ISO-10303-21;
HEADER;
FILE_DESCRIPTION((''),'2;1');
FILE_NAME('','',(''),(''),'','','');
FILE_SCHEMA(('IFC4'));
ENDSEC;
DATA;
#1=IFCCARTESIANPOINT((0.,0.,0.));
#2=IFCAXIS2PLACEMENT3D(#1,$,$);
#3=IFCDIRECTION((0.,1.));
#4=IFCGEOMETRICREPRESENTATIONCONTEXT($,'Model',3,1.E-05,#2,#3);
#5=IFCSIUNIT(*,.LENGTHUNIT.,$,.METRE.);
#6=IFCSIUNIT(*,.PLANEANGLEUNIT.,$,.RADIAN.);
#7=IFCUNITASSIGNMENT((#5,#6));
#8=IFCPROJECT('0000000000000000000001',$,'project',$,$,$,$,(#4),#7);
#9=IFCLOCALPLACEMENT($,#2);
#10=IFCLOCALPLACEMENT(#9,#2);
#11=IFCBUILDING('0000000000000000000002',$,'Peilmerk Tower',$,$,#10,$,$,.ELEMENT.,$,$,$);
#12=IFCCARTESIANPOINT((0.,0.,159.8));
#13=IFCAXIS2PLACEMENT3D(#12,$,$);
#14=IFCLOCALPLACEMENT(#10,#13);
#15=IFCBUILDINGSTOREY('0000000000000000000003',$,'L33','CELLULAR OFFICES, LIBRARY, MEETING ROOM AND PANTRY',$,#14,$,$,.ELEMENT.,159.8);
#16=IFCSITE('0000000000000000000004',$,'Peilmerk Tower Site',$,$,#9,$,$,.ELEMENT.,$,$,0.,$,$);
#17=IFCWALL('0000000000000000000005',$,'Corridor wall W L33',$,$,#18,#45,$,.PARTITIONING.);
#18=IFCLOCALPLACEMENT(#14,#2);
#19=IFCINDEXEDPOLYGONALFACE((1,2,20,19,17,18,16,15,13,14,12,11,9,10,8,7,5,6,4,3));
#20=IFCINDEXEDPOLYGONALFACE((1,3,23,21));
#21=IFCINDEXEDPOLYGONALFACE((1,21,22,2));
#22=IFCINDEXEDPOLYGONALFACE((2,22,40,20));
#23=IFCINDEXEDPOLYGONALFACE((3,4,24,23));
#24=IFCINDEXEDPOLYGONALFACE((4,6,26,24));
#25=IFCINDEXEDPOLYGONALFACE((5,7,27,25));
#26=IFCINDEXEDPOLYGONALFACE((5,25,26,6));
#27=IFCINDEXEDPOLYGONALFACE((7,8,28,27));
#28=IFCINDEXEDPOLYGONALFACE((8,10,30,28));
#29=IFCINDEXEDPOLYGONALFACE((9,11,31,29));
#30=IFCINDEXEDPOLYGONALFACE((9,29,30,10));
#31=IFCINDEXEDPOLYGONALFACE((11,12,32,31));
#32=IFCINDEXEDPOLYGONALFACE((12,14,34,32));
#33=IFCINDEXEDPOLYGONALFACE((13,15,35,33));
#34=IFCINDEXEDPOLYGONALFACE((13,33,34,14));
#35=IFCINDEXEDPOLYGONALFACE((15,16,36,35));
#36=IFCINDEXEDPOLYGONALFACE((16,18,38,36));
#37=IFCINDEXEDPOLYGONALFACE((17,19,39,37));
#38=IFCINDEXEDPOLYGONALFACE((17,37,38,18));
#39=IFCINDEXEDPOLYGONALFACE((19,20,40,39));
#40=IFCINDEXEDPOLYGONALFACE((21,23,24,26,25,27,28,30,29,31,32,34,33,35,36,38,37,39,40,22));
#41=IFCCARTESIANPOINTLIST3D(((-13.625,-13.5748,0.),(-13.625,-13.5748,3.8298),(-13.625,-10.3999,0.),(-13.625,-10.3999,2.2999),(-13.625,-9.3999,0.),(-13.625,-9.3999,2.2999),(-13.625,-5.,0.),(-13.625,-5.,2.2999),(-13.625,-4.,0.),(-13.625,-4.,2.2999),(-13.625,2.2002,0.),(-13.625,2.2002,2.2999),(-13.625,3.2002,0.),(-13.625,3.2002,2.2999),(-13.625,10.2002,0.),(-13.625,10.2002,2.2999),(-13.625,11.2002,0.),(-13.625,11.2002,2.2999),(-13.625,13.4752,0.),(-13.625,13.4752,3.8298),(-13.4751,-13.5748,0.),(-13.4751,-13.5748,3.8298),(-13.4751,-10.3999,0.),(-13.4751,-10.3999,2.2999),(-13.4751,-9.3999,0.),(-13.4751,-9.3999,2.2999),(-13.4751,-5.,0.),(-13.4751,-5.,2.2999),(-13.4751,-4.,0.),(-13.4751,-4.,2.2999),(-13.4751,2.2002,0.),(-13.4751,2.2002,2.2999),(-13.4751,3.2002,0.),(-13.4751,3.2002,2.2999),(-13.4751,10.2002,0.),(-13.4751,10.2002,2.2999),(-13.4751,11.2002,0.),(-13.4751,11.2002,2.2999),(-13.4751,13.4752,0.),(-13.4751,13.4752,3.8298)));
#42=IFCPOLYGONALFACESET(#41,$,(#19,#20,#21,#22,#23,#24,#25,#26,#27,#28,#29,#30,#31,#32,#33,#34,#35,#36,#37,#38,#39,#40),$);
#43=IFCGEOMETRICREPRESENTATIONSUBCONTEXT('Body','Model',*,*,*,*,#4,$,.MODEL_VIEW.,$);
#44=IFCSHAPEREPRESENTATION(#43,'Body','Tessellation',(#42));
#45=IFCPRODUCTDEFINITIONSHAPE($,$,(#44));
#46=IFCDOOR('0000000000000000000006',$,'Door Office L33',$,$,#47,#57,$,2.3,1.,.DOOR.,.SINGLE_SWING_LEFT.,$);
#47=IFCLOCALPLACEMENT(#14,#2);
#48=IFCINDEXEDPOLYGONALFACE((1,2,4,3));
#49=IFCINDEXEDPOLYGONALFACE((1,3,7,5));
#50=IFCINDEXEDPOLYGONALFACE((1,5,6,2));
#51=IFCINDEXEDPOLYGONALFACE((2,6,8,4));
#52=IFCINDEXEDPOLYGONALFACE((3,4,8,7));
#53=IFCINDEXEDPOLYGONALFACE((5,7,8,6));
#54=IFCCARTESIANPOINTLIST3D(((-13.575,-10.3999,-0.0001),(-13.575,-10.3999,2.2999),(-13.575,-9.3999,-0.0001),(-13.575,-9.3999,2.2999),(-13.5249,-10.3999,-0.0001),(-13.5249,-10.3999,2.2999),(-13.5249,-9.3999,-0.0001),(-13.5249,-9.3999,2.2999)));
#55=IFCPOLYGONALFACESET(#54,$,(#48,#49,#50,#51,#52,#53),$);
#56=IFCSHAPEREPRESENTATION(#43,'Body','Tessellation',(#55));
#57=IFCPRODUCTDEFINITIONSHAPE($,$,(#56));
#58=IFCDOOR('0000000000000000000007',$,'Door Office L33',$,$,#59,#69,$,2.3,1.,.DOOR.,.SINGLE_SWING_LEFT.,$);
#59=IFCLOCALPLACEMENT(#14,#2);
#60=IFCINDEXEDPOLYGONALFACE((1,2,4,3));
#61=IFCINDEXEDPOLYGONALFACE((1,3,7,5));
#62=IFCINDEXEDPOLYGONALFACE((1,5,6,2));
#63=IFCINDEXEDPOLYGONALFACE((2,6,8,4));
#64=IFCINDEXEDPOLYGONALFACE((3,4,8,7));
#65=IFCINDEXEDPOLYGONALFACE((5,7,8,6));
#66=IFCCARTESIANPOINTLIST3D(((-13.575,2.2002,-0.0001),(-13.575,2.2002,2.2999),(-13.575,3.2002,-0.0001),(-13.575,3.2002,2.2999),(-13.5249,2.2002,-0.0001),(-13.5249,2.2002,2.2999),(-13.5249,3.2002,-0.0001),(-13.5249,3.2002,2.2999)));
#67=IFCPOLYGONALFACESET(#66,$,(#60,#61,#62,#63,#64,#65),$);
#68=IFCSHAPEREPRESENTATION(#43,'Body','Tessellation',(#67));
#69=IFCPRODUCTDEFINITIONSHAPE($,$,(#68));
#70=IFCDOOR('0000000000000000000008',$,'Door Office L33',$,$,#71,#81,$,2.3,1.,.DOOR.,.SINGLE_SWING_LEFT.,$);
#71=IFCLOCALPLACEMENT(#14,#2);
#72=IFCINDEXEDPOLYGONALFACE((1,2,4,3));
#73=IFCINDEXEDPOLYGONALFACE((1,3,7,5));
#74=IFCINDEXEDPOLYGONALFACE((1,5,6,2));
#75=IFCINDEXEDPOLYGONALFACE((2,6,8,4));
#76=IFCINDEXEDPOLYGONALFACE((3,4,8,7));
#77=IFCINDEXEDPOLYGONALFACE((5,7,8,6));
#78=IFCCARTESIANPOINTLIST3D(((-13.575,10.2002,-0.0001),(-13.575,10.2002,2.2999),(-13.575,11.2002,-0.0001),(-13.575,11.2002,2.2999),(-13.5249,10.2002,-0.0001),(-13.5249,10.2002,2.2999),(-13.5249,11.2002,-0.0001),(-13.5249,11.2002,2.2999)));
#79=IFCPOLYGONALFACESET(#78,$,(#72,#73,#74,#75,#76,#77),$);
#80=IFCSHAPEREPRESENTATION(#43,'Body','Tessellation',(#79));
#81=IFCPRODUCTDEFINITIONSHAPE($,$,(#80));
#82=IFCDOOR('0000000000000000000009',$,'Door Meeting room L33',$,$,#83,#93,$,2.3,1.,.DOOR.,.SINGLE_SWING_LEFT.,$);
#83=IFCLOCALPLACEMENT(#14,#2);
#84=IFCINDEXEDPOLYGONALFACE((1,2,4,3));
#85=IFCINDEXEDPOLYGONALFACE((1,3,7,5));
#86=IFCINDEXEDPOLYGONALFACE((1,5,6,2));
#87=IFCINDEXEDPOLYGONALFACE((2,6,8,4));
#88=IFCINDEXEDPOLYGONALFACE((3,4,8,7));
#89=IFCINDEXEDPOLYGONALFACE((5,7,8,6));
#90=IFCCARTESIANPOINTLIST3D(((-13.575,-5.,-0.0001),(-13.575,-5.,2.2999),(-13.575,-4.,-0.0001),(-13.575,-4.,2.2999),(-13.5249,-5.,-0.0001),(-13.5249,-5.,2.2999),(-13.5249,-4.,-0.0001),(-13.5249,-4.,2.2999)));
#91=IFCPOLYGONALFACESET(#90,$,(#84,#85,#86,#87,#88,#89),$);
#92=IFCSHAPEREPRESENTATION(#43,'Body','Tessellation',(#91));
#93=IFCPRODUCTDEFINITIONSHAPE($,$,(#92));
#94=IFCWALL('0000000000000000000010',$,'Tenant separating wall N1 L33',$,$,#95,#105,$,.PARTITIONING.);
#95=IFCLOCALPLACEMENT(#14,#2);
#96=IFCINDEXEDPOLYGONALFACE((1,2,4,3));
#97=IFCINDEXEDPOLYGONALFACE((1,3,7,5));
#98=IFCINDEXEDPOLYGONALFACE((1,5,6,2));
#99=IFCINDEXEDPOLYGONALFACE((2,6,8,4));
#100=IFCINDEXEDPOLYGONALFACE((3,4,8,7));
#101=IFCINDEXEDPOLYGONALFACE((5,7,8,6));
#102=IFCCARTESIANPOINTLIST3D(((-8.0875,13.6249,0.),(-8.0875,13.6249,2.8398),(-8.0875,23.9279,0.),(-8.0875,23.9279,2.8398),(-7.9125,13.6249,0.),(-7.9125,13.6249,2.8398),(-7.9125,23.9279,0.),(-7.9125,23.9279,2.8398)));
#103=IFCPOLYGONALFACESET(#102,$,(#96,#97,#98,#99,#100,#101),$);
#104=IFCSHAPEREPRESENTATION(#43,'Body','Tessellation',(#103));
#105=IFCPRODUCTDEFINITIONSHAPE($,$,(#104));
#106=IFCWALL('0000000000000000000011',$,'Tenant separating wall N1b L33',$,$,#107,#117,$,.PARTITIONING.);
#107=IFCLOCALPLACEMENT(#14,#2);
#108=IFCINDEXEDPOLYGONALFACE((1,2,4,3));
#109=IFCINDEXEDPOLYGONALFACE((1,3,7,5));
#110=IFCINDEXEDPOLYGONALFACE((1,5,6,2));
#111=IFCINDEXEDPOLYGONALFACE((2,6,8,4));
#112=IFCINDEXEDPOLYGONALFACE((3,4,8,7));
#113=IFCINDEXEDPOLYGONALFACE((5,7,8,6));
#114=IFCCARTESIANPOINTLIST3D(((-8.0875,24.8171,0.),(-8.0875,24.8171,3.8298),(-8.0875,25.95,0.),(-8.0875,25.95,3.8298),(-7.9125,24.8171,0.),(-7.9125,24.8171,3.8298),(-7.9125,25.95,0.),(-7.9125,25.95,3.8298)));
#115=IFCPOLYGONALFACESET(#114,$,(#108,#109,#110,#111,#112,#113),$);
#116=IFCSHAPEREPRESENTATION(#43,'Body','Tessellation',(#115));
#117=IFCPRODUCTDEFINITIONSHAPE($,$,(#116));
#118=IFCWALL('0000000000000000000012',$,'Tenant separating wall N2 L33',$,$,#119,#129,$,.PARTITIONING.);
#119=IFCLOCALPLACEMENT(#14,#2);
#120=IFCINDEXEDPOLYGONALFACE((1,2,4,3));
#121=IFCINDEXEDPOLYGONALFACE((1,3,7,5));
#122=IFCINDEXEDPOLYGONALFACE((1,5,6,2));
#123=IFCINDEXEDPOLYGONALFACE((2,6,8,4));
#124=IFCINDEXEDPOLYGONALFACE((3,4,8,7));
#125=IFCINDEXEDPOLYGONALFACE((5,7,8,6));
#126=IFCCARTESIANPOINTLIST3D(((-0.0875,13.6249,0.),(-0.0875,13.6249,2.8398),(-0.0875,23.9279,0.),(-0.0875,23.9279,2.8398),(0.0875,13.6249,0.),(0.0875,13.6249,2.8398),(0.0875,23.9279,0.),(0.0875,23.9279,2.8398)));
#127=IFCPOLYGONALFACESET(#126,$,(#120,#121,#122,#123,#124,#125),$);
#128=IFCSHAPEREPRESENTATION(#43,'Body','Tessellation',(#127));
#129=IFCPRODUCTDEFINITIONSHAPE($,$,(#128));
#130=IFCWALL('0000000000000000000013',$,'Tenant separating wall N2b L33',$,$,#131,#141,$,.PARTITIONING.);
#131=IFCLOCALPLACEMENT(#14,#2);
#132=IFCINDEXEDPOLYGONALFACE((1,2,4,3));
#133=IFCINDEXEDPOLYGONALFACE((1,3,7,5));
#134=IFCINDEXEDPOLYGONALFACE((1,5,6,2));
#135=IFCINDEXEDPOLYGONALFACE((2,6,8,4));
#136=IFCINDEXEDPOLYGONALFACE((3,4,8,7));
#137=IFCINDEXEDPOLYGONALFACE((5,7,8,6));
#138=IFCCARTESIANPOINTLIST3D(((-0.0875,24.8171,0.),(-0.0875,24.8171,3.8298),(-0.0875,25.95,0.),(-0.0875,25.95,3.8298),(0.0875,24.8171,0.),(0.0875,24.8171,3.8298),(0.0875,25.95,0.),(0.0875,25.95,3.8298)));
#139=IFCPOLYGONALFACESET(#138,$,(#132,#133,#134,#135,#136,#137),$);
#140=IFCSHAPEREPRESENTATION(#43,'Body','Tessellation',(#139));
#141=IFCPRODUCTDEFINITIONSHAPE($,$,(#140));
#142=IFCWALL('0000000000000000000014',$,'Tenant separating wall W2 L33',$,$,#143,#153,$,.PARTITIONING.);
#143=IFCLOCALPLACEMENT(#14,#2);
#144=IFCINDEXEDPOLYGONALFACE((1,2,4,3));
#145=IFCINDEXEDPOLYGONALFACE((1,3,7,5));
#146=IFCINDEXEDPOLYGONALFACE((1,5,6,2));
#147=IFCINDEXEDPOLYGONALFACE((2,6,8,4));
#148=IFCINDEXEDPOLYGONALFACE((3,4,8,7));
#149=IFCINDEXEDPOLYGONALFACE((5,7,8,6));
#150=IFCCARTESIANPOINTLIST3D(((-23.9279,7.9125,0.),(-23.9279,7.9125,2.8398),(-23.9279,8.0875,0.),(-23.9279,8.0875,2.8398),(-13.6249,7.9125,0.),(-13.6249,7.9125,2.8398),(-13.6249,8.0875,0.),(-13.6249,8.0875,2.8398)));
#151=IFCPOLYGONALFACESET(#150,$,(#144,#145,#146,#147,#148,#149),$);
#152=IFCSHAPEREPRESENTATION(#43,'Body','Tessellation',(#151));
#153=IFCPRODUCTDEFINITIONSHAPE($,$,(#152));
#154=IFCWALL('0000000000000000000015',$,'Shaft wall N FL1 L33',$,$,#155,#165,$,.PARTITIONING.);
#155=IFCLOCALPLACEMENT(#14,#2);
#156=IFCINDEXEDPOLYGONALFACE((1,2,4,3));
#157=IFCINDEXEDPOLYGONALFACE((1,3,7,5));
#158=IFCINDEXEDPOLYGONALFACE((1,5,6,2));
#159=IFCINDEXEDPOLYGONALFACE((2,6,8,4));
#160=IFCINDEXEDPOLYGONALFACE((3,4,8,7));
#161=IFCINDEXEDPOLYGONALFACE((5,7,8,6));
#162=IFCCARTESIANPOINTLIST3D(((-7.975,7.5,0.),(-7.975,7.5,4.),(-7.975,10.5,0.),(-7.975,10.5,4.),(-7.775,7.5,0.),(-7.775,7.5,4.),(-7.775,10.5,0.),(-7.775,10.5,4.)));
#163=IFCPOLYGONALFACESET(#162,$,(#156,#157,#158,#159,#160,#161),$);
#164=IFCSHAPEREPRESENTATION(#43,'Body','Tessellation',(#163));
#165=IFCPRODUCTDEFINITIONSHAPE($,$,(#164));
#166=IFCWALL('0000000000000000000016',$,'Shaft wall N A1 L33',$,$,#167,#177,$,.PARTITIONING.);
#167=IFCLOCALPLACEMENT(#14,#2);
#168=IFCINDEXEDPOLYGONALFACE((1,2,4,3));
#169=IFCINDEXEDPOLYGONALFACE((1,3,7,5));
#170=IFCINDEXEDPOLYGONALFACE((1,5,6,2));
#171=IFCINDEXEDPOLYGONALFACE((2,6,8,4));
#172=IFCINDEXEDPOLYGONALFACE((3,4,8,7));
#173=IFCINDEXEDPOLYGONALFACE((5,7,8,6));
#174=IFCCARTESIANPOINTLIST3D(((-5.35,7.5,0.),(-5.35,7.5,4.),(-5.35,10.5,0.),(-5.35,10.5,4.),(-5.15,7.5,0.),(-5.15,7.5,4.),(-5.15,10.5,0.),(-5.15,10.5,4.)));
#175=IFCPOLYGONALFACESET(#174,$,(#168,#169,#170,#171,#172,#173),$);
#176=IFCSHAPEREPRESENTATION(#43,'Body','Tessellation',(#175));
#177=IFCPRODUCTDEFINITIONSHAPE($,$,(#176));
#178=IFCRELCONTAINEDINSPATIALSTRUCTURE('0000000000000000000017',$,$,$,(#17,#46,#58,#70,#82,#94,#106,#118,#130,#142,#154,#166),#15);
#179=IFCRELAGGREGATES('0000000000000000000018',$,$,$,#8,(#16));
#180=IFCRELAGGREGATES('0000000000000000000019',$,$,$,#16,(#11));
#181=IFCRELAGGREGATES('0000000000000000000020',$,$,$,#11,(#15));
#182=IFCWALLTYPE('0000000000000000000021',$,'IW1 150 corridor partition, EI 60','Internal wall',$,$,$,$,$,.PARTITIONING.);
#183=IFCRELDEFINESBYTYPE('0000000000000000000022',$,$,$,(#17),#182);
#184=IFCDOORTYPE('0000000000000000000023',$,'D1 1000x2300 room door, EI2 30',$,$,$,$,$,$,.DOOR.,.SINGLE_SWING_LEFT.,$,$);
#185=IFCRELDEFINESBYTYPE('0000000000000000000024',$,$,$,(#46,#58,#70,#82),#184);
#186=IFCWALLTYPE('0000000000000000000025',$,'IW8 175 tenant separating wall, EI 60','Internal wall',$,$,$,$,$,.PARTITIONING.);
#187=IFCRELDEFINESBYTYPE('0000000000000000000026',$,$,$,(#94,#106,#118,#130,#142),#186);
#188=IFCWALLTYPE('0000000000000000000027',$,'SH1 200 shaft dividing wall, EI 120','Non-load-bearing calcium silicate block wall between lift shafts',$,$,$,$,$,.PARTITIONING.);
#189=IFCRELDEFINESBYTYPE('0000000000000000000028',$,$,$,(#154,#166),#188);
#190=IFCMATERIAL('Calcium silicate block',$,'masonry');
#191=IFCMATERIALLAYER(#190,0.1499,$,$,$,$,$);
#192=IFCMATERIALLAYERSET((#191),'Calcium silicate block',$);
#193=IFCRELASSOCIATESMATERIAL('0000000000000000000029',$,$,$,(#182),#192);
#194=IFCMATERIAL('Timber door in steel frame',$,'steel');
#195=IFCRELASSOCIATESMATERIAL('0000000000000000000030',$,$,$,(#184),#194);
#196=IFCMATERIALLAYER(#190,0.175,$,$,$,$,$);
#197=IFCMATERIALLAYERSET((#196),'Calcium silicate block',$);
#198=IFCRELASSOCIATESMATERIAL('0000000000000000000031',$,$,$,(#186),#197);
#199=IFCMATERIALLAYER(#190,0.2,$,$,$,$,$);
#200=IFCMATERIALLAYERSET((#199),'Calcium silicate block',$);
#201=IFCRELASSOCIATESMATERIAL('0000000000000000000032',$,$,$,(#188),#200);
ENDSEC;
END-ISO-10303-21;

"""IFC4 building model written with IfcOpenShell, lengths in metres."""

from ifc_helpers import new_model, si_unit, direction, frame, frame_2d, origin, place, context, subcontext, project, spatial, rectangle, extrude, material, layer, layer_set, type_object, element, fill, save


model = new_model("IFC4")

# Units and contexts
model_context = context("Model", 3, precision=1e-05, world=origin(), true_north=direction((0.0, 1.0)))
body_context = subcontext(model_context, "Body", "Model", "MODEL_VIEW")
ifc_project = project(units=[si_unit("LENGTHUNIT", "METRE"), si_unit("PLANEANGLEUNIT", "RADIAN")], contexts=[model_context])

# Site, building, storey
site_placement = place(None, origin())
site = spatial("IfcSite", under=ifc_project, at=site_placement, Name="Peilmerk Tower Site", CompositionType="ELEMENT", RefElevation=0.0)
building_placement = place(site_placement, origin())
building = spatial("IfcBuilding", under=site, at=building_placement, Name="Peilmerk Tower", CompositionType="ELEMENT")
storey_placement = place(building_placement, frame((0.0, 0.0, 159.8)))
storey = spatial("IfcBuildingStorey", under=building, at=storey_placement, Name="L33", Description="CELLULAR OFFICES, LIBRARY, MEETING ROOM AND PANTRY", CompositionType="ELEMENT", Elevation=159.8)

# Wall, openings, doors
ifc_material_1 = material(Name="Calcium silicate block", Category="masonry")
ifc_layer_1 = layer(ifc_material_1, 0.1499)
ifc_layer_set_1 = layer_set([ifc_layer_1], Name="Calcium silicate block")
wall_type_1 = type_object("IfcWallType", Name="IW1 150 corridor partition, EI 60", Description="Internal wall", PredefinedType="PARTITIONING", material=ifc_layer_set_1)
ifc_material_2 = material(Name="Timber door in steel frame", Category="steel")
door_type = type_object("IfcDoorType", Name="D1 1000x2300 room door, EI2 30", OperationType="SINGLE_SWING_LEFT", PredefinedType="DOOR", material=ifc_material_2)
wall_1_placement = place(storey_placement, frame((-13.55, 13.4751, 0.0), z_axis=(0.0, 0.0, 1.0), x_axis=(0.0, -1.0, 0.0)))
wall_1 = element("IfcWall", 1, at=wall_1_placement, inside=storey, type_object=wall_type_1, Name="Corridor wall W L33", PredefinedType="PARTITIONING", context=body_context, shape_type="SweptSolid", body=[
    extrude(rectangle(XDim=27.05, YDim=0.1499, at=frame_2d((13.5249, 0.0))), origin(), (0.0, 0.0, 1.0), 3.8298),
])
opening_1_placement = place(wall_1_placement, frame((22.875, 0.0, 0.0)))
opening_1 = element("IfcOpeningElement", 2, at=opening_1_placement, cuts=wall_1, PredefinedType="OPENING", context=body_context, shape_type="SweptSolid", body=[
    extrude(rectangle(XDim=1.0, YDim=2.3, at=frame_2d((0.5, 1.1499))), frame((0.0, 0.085, 0.0), z_axis=(0.0, -1.0, 0.0), x_axis=(1.0, 0.0, 0.0)), (0.0, 0.0, 1.0), 0.1699),
])
opening_2_placement = place(wall_1_placement, frame((10.2749, 0.0, 0.0)))
opening_2 = element("IfcOpeningElement", 3, at=opening_2_placement, cuts=wall_1, PredefinedType="OPENING", context=body_context, shape_type="SweptSolid", body=[
    extrude(rectangle(XDim=1.0, YDim=2.3, at=frame_2d((0.5, 1.1499))), frame((0.0, 0.085, 0.0), z_axis=(0.0, -1.0, 0.0), x_axis=(1.0, 0.0, 0.0)), (0.0, 0.0, 1.0), 0.1699),
])
opening_3_placement = place(wall_1_placement, frame((2.2749, 0.0, 0.0)))
opening_3 = element("IfcOpeningElement", 4, at=opening_3_placement, cuts=wall_1, PredefinedType="OPENING", context=body_context, shape_type="SweptSolid", body=[
    extrude(rectangle(XDim=1.0, YDim=2.3, at=frame_2d((0.5, 1.1499))), frame((0.0, 0.085, 0.0), z_axis=(0.0, -1.0, 0.0), x_axis=(1.0, 0.0, 0.0)), (0.0, 0.0, 1.0), 0.1699),
])
opening_4_placement = place(wall_1_placement, frame((17.4751, 0.0, 0.0)))
opening_4 = element("IfcOpeningElement", 5, at=opening_4_placement, cuts=wall_1, PredefinedType="OPENING", context=body_context, shape_type="SweptSolid", body=[
    extrude(rectangle(XDim=1.0, YDim=2.3, at=frame_2d((0.5, 1.1499))), frame((0.0, 0.085, 0.0), z_axis=(0.0, -1.0, 0.0), x_axis=(1.0, 0.0, 0.0)), (0.0, 0.0, 1.0), 0.1699),
])
door_1_placement = place(opening_1_placement, frame((1.0, 0.0, 0.0), z_axis=(0.0, 0.0, 1.0), x_axis=(-1.0, 0.0, 0.0)))
door_1 = element("IfcDoor", 6, at=door_1_placement, inside=storey, type_object=door_type, Name="Door Office L33", OperationType="SINGLE_SWING_LEFT", OverallHeight=2.3, OverallWidth=1.0, PredefinedType="DOOR", context=body_context, shape_type="SweptSolid", body=[
    extrude(rectangle(XDim=1.0, YDim=2.3, at=frame_2d((0.5, 1.1499))), frame((0.0, 0.0249, 0.0), z_axis=(0.0, -1.0, 0.0), x_axis=(1.0, 0.0, 0.0)), (0.0, 0.0, 1.0), 0.05),
])
fill(opening_1, door_1)
door_2_placement = place(opening_2_placement, frame((1.0, 0.0, 0.0), z_axis=(0.0, 0.0, 1.0), x_axis=(-1.0, 0.0, 0.0)))
door_2 = element("IfcDoor", 7, at=door_2_placement, inside=storey, type_object=door_type, Name="Door Office L33", OperationType="SINGLE_SWING_LEFT", OverallHeight=2.3, OverallWidth=1.0, PredefinedType="DOOR", context=body_context, shape_type="SweptSolid", body=[
    extrude(rectangle(XDim=1.0, YDim=2.3, at=frame_2d((0.5, 1.1499))), frame((0.0, 0.0249, 0.0), z_axis=(0.0, -1.0, 0.0), x_axis=(1.0, 0.0, 0.0)), (0.0, 0.0, 1.0), 0.05),
])
fill(opening_2, door_2)
door_3_placement = place(opening_3_placement, frame((1.0, 0.0, 0.0), z_axis=(0.0, 0.0, 1.0), x_axis=(-1.0, 0.0, 0.0)))
door_3 = element("IfcDoor", 8, at=door_3_placement, inside=storey, type_object=door_type, Name="Door Office L33", OperationType="SINGLE_SWING_LEFT", OverallHeight=2.3, OverallWidth=1.0, PredefinedType="DOOR", context=body_context, shape_type="SweptSolid", body=[
    extrude(rectangle(XDim=1.0, YDim=2.3, at=frame_2d((0.5, 1.1499))), frame((0.0, 0.0249, 0.0), z_axis=(0.0, -1.0, 0.0), x_axis=(1.0, 0.0, 0.0)), (0.0, 0.0, 1.0), 0.05),
])
fill(opening_3, door_3)
door_4_placement = place(opening_4_placement, frame((1.0, 0.0, 0.0), z_axis=(0.0, 0.0, 1.0), x_axis=(-1.0, 0.0, 0.0)))
door_4 = element("IfcDoor", 9, at=door_4_placement, inside=storey, type_object=door_type, Name="Door Meeting room L33", OperationType="SINGLE_SWING_LEFT", OverallHeight=2.3, OverallWidth=1.0, PredefinedType="DOOR", context=body_context, shape_type="SweptSolid", body=[
    extrude(rectangle(XDim=1.0, YDim=2.3, at=frame_2d((0.5, 1.1499))), frame((0.0, 0.0249, 0.0), z_axis=(0.0, -1.0, 0.0), x_axis=(1.0, 0.0, 0.0)), (0.0, 0.0, 1.0), 0.05),
])
fill(opening_4, door_4)

# Walls
ifc_layer_2 = layer(ifc_material_1, 0.175)
ifc_layer_set_2 = layer_set([ifc_layer_2], Name="Calcium silicate block")
wall_type_2 = type_object("IfcWallType", Name="IW8 175 tenant separating wall, EI 60", Description="Internal wall", PredefinedType="PARTITIONING", material=ifc_layer_set_2)
wall_2_placement = place(storey_placement, frame((-8.0, 13.625, 0.0), z_axis=(0.0, 0.0, 1.0), x_axis=(0.0, 1.0, 0.0)))
element("IfcWall", 10, at=wall_2_placement, inside=storey, type_object=wall_type_2, Name="Tenant separating wall N1 L33", PredefinedType="PARTITIONING", context=body_context, shape_type="SweptSolid", body=[
    extrude(rectangle(XDim=10.303, YDim=0.175, at=frame_2d((5.1514, 0.0))), origin(), (0.0, 0.0, 1.0), 2.8398),
])
wall_3_placement = place(storey_placement, frame((-8.0, 24.8171, 0.0), z_axis=(0.0, 0.0, 1.0), x_axis=(0.0, 1.0, 0.0)))
element("IfcWall", 11, at=wall_3_placement, inside=storey, type_object=wall_type_2, Name="Tenant separating wall N1b L33", PredefinedType="PARTITIONING", context=body_context, shape_type="SweptSolid", body=[
    extrude(rectangle(XDim=1.1328, YDim=0.175, at=frame_2d((0.5664, 0.0))), origin(), (0.0, 0.0, 1.0), 3.8298),
])
wall_4_placement = place(storey_placement, frame((0.0, 13.625, 0.0), z_axis=(0.0, 0.0, 1.0), x_axis=(0.0, 1.0, 0.0)))
element("IfcWall", 12, at=wall_4_placement, inside=storey, type_object=wall_type_2, Name="Tenant separating wall N2 L33", PredefinedType="PARTITIONING", context=body_context, shape_type="SweptSolid", body=[
    extrude(rectangle(XDim=10.303, YDim=0.175, at=frame_2d((5.1514, 0.0))), origin(), (0.0, 0.0, 1.0), 2.8398),
])
wall_5_placement = place(storey_placement, frame((0.0, 24.8171, 0.0), z_axis=(0.0, 0.0, 1.0), x_axis=(0.0, 1.0, 0.0)))
element("IfcWall", 13, at=wall_5_placement, inside=storey, type_object=wall_type_2, Name="Tenant separating wall N2b L33", PredefinedType="PARTITIONING", context=body_context, shape_type="SweptSolid", body=[
    extrude(rectangle(XDim=1.1328, YDim=0.175, at=frame_2d((0.5664, 0.0))), origin(), (0.0, 0.0, 1.0), 3.8298),
])
wall_6_placement = place(storey_placement, frame((-13.625, 8.0, 0.0), z_axis=(0.0, 0.0, 1.0), x_axis=(-1.0, 0.0, 0.0)))
element("IfcWall", 14, at=wall_6_placement, inside=storey, type_object=wall_type_2, Name="Tenant separating wall W2 L33", PredefinedType="PARTITIONING", context=body_context, shape_type="SweptSolid", body=[
    extrude(rectangle(XDim=10.303, YDim=0.175, at=frame_2d((5.1514, 0.0))), origin(), (0.0, 0.0, 1.0), 2.8398),
])
ifc_layer_3 = layer(ifc_material_1, 0.2)
ifc_layer_set_3 = layer_set([ifc_layer_3], Name="Calcium silicate block")
wall_type_3 = type_object("IfcWallType", Name="SH1 200 shaft dividing wall, EI 120", Description="Non-load-bearing calcium silicate block wall between lift shafts", PredefinedType="PARTITIONING", material=ifc_layer_set_3)
for number, where, z_axis, x_axis, name in (
    (15, (-7.875, 7.5, 0.0), (0.0, 0.0, 1.0), (0.0, 1.0, 0.0), "Shaft wall N FL1 L33"),
    (16, (-5.25, 7.5, 0.0), (0.0, 0.0, 1.0), (0.0, 1.0, 0.0), "Shaft wall N A1 L33"),
):
    element("IfcWall", number, at=place(storey_placement, frame(where, z_axis=z_axis, x_axis=x_axis)), inside=storey, type_object=wall_type_3, Name=name, PredefinedType="PARTITIONING", context=body_context, shape_type="SweptSolid", body=[
        extrude(rectangle(XDim=3.0, YDim=0.2, at=frame_2d((1.5, 0.0))), origin(), (0.0, 0.0, 1.0), 4.0),
    ])

save(model, "model.ifc")
